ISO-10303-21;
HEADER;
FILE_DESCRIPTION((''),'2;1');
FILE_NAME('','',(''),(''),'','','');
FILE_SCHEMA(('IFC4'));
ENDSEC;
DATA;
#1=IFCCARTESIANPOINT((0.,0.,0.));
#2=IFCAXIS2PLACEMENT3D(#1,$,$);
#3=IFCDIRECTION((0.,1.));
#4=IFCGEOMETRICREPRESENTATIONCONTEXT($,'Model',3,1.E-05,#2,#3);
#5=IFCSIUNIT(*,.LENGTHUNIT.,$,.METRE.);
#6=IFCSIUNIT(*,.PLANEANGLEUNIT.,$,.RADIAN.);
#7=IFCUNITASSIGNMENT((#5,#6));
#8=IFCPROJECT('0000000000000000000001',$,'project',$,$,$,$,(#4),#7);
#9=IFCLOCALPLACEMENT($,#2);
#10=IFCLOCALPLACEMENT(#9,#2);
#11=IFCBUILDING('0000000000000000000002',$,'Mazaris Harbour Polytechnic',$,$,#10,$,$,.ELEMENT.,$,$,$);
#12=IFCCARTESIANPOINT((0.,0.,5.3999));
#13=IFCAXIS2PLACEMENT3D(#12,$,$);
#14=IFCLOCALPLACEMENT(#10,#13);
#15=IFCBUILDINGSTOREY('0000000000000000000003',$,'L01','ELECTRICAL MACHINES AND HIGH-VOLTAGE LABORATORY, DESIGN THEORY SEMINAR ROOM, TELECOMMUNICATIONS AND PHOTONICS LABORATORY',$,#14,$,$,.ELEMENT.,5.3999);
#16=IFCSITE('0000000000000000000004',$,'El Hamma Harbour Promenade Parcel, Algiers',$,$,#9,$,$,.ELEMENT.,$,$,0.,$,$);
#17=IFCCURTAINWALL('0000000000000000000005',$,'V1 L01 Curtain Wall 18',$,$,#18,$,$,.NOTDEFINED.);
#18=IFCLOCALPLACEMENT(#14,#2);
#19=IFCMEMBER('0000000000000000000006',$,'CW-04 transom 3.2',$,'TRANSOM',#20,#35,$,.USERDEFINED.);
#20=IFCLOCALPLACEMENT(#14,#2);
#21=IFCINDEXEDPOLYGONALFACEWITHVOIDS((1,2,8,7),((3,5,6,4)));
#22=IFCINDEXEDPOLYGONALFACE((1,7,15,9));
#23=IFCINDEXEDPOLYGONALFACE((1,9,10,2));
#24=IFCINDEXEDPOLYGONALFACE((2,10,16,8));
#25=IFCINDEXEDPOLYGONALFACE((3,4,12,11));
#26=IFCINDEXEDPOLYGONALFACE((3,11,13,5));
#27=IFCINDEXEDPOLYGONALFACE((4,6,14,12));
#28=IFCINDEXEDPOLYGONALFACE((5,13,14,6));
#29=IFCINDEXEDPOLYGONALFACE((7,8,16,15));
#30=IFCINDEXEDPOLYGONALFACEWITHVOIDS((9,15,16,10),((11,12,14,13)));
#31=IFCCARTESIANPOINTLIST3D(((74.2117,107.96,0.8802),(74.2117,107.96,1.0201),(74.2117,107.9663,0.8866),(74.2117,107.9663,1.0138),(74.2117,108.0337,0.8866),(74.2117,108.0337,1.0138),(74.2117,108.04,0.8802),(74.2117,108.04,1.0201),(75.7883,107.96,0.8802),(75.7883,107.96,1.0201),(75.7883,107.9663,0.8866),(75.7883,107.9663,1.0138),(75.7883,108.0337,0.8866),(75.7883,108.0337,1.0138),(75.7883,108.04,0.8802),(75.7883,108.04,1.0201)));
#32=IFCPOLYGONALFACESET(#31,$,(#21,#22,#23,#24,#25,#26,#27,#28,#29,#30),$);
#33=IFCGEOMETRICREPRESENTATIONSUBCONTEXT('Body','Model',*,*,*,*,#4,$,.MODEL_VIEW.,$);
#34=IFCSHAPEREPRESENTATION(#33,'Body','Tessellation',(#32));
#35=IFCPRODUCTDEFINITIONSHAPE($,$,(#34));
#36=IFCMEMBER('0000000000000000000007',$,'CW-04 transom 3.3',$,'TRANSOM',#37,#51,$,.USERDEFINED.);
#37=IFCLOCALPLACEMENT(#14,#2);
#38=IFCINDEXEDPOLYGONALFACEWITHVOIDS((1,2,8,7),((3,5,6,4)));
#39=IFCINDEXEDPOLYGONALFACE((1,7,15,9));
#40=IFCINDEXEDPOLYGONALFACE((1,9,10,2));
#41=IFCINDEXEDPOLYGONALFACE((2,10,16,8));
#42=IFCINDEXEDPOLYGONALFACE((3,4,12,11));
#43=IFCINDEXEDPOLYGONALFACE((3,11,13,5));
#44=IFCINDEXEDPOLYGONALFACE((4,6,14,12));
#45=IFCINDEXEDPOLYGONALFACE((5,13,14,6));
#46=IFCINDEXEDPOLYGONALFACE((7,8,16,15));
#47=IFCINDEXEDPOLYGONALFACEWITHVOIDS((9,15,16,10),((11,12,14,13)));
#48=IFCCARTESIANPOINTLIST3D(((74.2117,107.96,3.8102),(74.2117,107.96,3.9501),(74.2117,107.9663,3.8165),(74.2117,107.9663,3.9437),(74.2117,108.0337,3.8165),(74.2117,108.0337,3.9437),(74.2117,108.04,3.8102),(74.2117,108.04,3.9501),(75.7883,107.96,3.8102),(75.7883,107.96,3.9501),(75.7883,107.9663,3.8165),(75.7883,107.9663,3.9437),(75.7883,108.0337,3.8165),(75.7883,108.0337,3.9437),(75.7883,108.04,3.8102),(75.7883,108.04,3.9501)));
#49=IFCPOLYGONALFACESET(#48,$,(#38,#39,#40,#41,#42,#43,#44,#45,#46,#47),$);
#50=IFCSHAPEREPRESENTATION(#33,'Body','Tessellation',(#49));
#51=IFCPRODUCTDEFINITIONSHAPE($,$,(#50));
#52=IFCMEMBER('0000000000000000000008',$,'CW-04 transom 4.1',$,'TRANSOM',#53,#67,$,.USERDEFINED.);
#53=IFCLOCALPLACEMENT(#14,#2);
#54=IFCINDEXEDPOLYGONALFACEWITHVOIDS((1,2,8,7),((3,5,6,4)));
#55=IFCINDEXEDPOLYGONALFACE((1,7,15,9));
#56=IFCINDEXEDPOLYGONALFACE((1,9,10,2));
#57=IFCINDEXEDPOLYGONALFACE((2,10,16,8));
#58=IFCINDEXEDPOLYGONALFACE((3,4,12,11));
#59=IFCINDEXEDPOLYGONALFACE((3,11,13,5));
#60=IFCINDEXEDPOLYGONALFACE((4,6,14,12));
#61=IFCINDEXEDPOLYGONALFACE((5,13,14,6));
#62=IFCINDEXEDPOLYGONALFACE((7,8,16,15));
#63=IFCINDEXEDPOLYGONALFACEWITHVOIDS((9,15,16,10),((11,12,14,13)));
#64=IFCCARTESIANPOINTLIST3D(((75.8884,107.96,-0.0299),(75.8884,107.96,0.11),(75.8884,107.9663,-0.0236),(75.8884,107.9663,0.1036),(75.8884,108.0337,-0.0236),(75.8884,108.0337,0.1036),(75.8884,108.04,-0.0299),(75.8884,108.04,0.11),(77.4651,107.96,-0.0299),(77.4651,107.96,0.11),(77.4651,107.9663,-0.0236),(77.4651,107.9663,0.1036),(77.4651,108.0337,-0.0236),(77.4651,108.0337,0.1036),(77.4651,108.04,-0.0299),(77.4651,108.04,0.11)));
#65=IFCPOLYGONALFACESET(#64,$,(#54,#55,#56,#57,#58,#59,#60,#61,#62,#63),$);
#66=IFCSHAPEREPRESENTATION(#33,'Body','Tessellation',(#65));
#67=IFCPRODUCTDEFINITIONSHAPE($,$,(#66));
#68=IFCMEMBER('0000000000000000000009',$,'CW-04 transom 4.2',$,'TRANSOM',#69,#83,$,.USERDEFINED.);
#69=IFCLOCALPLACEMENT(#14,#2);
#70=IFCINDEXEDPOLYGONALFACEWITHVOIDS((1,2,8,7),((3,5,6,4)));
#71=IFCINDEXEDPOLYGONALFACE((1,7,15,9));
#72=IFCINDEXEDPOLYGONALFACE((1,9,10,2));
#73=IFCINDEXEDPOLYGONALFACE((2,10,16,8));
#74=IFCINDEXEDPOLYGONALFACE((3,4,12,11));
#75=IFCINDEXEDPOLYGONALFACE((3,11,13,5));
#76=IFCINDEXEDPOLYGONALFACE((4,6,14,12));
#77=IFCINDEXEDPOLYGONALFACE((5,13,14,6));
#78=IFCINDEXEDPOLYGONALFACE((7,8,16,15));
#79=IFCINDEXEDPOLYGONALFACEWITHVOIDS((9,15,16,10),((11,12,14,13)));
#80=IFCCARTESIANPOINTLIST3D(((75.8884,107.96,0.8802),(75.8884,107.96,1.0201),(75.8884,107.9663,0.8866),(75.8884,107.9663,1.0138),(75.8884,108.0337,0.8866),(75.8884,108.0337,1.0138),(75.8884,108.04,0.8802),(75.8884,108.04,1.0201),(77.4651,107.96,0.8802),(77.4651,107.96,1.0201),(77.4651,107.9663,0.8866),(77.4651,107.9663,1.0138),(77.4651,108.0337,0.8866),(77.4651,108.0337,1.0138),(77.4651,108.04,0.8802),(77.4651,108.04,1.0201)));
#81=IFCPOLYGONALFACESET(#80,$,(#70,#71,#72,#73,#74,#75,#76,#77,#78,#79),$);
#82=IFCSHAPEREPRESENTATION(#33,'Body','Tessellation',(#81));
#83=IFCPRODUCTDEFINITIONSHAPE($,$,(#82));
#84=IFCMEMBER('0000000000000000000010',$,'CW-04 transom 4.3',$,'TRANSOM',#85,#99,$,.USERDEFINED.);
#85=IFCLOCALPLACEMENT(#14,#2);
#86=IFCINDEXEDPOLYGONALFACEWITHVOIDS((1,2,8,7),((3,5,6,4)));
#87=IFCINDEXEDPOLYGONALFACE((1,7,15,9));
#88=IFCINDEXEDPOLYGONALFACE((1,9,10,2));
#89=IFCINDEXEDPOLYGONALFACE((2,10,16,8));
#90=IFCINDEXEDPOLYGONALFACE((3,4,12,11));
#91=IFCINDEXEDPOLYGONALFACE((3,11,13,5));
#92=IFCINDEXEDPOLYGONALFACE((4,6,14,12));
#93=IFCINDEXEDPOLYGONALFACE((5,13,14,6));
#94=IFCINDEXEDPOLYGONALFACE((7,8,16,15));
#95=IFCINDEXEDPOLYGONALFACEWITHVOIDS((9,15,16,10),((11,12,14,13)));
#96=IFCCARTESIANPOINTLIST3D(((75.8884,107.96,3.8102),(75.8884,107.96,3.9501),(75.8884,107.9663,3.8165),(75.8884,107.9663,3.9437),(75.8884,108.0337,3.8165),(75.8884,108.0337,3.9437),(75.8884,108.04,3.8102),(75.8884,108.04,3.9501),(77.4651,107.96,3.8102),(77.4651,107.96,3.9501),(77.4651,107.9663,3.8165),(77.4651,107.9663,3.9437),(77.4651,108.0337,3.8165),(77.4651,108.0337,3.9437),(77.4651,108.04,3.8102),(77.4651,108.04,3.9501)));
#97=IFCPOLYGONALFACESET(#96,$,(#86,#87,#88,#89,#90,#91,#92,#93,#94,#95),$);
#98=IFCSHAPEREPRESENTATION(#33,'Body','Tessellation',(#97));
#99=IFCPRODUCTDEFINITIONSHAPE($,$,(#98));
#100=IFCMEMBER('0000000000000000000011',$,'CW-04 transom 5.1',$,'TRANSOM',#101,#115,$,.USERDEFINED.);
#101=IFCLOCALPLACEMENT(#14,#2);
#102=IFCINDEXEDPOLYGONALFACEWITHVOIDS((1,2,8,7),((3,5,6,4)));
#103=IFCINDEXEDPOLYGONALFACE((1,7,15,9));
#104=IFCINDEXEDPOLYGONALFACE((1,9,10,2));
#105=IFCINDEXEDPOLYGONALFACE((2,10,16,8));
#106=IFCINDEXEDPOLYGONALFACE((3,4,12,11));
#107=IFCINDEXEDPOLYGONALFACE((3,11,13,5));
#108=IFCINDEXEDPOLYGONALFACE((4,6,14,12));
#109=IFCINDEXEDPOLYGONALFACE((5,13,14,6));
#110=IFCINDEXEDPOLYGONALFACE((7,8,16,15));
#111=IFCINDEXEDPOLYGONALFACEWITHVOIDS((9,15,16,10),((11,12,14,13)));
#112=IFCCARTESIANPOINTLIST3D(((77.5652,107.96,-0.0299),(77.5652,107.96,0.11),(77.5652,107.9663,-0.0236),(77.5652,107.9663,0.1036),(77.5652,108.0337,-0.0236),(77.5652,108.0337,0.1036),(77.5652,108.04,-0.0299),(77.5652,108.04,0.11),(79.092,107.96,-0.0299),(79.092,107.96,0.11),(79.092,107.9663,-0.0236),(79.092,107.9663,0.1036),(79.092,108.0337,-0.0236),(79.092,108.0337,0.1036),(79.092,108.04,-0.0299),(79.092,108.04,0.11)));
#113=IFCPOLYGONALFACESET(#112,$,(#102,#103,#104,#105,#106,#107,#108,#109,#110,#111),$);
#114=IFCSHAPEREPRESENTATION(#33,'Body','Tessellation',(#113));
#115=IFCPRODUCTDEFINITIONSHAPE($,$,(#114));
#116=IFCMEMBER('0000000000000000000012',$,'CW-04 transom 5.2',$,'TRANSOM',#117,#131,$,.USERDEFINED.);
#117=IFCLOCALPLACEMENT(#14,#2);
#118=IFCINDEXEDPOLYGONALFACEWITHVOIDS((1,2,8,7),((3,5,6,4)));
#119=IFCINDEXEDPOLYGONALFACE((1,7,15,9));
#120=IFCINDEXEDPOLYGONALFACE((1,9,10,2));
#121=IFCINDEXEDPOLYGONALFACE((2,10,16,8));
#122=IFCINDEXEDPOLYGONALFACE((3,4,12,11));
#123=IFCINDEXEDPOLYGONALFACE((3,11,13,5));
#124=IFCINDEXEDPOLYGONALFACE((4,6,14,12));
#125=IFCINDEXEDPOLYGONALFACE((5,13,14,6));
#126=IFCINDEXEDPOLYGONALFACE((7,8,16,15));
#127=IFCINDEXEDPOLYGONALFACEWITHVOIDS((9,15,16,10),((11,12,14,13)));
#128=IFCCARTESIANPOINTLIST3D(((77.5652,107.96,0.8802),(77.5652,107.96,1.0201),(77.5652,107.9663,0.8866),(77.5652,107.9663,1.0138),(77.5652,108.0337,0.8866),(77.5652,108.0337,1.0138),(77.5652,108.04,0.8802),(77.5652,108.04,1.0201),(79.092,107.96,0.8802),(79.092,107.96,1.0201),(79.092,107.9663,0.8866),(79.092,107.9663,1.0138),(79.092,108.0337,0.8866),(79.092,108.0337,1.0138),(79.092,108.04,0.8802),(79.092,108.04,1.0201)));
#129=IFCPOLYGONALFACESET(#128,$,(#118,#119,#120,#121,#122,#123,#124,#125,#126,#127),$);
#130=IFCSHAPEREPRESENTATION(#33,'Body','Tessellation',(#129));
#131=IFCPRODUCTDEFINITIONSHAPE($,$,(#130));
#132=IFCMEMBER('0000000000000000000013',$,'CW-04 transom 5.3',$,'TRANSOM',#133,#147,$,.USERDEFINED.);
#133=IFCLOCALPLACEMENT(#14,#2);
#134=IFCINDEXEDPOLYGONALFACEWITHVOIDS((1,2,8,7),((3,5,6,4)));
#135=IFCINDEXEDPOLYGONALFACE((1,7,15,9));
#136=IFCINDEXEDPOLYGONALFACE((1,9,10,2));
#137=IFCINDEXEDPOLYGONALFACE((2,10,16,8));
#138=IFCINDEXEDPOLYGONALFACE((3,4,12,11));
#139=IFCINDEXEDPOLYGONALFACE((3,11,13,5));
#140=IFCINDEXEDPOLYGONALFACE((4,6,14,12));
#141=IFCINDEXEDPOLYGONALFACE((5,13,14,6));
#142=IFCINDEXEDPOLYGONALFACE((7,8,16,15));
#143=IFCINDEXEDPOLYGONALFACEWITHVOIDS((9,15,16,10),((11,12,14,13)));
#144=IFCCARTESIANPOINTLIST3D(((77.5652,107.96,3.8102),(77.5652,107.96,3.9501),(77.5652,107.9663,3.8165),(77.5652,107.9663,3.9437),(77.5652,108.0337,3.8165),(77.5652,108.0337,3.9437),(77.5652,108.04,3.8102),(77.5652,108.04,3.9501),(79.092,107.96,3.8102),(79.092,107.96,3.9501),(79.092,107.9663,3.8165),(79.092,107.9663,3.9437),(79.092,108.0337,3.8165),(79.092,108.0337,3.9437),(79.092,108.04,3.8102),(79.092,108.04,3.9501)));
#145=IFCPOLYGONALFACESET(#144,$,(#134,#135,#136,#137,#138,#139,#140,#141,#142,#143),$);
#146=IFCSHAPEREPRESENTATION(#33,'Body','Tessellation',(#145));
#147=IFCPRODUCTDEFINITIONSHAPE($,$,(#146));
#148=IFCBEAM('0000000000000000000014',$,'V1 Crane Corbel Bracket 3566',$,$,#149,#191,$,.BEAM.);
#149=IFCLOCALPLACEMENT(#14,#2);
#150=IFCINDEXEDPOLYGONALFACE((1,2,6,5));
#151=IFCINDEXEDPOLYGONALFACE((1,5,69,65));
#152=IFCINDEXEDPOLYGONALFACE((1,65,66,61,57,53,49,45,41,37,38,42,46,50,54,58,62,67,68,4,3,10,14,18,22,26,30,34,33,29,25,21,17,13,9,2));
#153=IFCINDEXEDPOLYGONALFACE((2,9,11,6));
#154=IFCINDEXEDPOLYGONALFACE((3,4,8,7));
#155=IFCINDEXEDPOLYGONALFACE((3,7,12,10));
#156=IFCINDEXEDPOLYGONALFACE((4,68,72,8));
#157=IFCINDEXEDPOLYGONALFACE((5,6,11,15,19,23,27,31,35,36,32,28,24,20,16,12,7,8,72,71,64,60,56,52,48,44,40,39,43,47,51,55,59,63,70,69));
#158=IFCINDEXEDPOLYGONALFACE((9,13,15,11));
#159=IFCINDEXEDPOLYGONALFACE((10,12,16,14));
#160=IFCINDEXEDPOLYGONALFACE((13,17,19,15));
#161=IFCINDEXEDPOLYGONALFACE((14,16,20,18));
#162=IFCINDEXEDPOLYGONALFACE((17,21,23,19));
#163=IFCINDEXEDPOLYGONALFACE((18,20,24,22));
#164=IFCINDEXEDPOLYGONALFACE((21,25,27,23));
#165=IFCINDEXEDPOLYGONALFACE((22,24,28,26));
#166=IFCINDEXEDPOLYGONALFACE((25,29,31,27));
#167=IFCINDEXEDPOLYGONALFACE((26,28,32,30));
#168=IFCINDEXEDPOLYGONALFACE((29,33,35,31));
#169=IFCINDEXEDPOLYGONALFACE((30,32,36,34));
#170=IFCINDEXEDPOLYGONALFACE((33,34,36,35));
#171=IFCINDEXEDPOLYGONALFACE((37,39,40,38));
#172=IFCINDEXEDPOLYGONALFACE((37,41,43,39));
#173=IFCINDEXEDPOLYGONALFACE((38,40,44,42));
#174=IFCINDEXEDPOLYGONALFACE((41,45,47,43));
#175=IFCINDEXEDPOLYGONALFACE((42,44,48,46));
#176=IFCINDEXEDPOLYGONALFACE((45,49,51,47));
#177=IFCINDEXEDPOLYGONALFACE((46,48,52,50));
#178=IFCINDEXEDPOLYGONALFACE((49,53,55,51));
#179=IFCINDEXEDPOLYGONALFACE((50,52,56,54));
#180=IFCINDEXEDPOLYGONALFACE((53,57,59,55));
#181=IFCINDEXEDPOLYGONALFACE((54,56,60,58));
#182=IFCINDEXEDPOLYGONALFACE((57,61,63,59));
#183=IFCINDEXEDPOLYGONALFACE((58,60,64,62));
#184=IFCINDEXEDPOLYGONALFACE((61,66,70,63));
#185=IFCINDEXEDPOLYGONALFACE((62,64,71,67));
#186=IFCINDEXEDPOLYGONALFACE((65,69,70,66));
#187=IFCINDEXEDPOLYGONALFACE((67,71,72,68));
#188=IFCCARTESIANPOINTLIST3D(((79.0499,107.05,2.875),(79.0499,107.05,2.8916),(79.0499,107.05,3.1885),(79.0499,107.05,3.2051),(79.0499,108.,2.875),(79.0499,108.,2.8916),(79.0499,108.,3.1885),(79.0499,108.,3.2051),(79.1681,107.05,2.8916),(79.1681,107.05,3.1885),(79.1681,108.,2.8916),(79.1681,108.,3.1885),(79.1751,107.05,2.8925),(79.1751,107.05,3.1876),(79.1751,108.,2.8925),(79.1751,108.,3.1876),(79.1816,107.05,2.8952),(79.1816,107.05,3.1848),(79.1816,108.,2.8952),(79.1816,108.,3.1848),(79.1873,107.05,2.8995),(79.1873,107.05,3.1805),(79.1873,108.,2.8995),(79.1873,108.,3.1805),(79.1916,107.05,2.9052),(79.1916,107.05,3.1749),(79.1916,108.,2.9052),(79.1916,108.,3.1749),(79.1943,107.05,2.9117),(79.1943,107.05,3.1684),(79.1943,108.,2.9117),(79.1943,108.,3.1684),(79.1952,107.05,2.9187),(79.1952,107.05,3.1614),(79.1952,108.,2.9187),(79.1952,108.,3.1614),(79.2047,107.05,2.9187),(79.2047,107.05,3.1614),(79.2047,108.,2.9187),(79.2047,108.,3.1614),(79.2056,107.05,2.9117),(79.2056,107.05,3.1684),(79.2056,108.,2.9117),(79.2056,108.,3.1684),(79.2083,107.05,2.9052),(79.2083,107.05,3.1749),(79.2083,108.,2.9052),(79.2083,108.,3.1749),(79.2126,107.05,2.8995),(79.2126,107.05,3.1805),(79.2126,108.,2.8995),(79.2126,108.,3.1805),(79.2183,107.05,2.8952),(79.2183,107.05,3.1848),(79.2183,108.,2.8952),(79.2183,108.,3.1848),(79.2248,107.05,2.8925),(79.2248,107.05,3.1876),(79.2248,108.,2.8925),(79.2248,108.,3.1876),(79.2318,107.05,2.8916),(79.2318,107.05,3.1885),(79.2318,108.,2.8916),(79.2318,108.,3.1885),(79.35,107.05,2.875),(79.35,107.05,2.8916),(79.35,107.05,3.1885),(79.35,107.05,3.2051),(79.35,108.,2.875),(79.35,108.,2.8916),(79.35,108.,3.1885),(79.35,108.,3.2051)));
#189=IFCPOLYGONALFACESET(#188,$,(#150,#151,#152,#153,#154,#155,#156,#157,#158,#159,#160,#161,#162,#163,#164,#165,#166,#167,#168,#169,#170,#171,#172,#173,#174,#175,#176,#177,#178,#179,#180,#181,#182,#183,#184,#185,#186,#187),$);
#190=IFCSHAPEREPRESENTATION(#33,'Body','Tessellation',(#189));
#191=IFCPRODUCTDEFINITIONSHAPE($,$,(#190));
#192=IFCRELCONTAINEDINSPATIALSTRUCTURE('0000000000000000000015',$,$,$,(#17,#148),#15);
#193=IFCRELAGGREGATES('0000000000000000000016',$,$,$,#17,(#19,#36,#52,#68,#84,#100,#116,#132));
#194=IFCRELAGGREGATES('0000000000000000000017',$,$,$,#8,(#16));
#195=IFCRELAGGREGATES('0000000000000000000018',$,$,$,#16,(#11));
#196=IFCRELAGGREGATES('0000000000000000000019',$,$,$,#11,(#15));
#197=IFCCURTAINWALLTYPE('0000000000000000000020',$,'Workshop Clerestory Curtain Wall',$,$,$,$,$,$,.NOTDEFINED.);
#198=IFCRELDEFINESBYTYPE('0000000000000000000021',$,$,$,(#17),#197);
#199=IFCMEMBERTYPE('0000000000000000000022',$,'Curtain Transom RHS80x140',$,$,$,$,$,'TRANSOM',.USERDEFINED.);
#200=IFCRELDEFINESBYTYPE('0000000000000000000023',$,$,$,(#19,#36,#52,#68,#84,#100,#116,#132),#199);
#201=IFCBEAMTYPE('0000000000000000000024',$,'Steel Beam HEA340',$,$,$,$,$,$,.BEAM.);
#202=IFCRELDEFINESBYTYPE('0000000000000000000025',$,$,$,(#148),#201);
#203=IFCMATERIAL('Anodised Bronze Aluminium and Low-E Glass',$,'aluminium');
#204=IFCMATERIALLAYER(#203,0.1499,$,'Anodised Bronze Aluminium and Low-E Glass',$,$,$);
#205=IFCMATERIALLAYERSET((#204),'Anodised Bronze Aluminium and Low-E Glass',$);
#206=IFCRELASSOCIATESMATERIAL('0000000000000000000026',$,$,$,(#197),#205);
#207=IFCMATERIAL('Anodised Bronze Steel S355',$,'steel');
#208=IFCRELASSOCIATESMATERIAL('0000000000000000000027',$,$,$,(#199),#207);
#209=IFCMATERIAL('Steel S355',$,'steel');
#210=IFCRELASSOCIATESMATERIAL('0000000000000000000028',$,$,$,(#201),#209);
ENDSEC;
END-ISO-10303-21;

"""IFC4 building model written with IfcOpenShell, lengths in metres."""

from ifc_helpers import new_model, si_unit, direction, frame, origin, origin_2d, place, context, subcontext, project, spatial, hollow_rectangle, i_section, extrude, material, layer, layer_set, material_profile, profile_set, type_object, element, aggregate, save


model = new_model("IFC4")

# Units and contexts
model_context = context("Model", 3, precision=1e-05, world=origin(), true_north=direction((0.0, 1.0)))
body_context = subcontext(model_context, "Body", "Model", "MODEL_VIEW")
ifc_project = project(units=[si_unit("LENGTHUNIT", "METRE"), si_unit("PLANEANGLEUNIT", "RADIAN")], contexts=[model_context])

# Site, building, storey
site_placement = place(None, origin())
site = spatial("IfcSite", under=ifc_project, at=site_placement, Name="El Hamma Harbour Promenade Parcel, Algiers", CompositionType="ELEMENT", RefElevation=0.0)
building_placement = place(site_placement, origin())
building = spatial("IfcBuilding", under=site, at=building_placement, Name="Mazaris Harbour Polytechnic", CompositionType="ELEMENT")
storey_placement = place(building_placement, frame((0.0, 0.0, 5.3999)))
storey = spatial("IfcBuildingStorey", under=building, at=storey_placement, Name="L01", Description="ELECTRICAL MACHINES AND HIGH-VOLTAGE LABORATORY, DESIGN THEORY SEMINAR ROOM, TELECOMMUNICATIONS AND PHOTONICS LABORATORY", CompositionType="ELEMENT", Elevation=5.3999)

# Curtain wall, members
ifc_material_1 = material(Name="Anodised Bronze Aluminium and Low-E Glass", Category="aluminium")
ifc_layer_1 = layer(ifc_material_1, 0.1499, Name="Anodised Bronze Aluminium and Low-E Glass")
ifc_layer_set_1 = layer_set([ifc_layer_1], Name="Anodised Bronze Aluminium and Low-E Glass")
curtain_wall_type = type_object("IfcCurtainWallType", Name="Workshop Clerestory Curtain Wall", PredefinedType="NOTDEFINED", material=ifc_layer_set_1)
curtain_wall_placement = place(storey_placement, origin())
curtain_wall = element("IfcCurtainWall", 1, at=curtain_wall_placement, inside=storey, type_object=curtain_wall_type, Name="V1 L01 Curtain Wall 18", PredefinedType="NOTDEFINED")
ifc_material_2 = material(Name="Anodised Bronze Steel S355", Category="steel")
ifc_material_profile_1 = material_profile(ifc_material_2, hollow_rectangle(XDim=0.0801, YDim=0.1399, WallThickness=0.0063, at=origin_2d()), Name="RHS 80x140x6.3")
ifc_profile_set_1 = profile_set([ifc_material_profile_1], Name="Anodised Bronze Steel S355")
member_type_1 = type_object("IfcMemberType", Name="Curtain Transom RHS80x140", ElementType="TRANSOM", PredefinedType="USERDEFINED", material=ifc_profile_set_1)
member_1_placement = place(storey_placement, frame((74.2117, 108.0, 0.9502), z_axis=(1.0, 0.0, 0.0), x_axis=(0.0, 1.0, 0.0)))
member_1 = element("IfcMember", 2, at=member_1_placement, type_object=member_type_1, Name="CW-04 transom 3.2", ObjectType="TRANSOM", PredefinedType="USERDEFINED", context=body_context, shape_type="SweptSolid", body=[
    extrude(hollow_rectangle(XDim=0.0801, YDim=0.1399, WallThickness=0.0063, at=origin_2d()), origin(), (0.0, 0.0, 1.0), 1.5767),
])
member_2_placement = place(storey_placement, frame((74.2117, 108.0, 3.8801), z_axis=(1.0, 0.0, 0.0), x_axis=(0.0, 1.0, 0.0)))
member_2 = element("IfcMember", 3, at=member_2_placement, type_object=member_type_1, Name="CW-04 transom 3.3", ObjectType="TRANSOM", PredefinedType="USERDEFINED", context=body_context, shape_type="SweptSolid", body=[
    extrude(hollow_rectangle(XDim=0.0801, YDim=0.1399, WallThickness=0.0063, at=origin_2d()), origin(), (0.0, 0.0, 1.0), 1.5767),
])
member_3_placement = place(storey_placement, frame((75.8884, 108.0, 0.04), z_axis=(1.0, 0.0, 0.0), x_axis=(0.0, 1.0, 0.0)))
member_3 = element("IfcMember", 4, at=member_3_placement, type_object=member_type_1, Name="CW-04 transom 4.1", ObjectType="TRANSOM", PredefinedType="USERDEFINED", context=body_context, shape_type="SweptSolid", body=[
    extrude(hollow_rectangle(XDim=0.0801, YDim=0.1399, WallThickness=0.0063, at=origin_2d()), origin(), (0.0, 0.0, 1.0), 1.5767),
])
member_4_placement = place(storey_placement, frame((75.8884, 108.0, 0.9502), z_axis=(1.0, 0.0, 0.0), x_axis=(0.0, 1.0, 0.0)))
member_4 = element("IfcMember", 5, at=member_4_placement, type_object=member_type_1, Name="CW-04 transom 4.2", ObjectType="TRANSOM", PredefinedType="USERDEFINED", context=body_context, shape_type="SweptSolid", body=[
    extrude(hollow_rectangle(XDim=0.0801, YDim=0.1399, WallThickness=0.0063, at=origin_2d()), origin(), (0.0, 0.0, 1.0), 1.5767),
])
member_5_placement = place(storey_placement, frame((75.8884, 108.0, 3.8801), z_axis=(1.0, 0.0, 0.0), x_axis=(0.0, 1.0, 0.0)))
member_5 = element("IfcMember", 6, at=member_5_placement, type_object=member_type_1, Name="CW-04 transom 4.3", ObjectType="TRANSOM", PredefinedType="USERDEFINED", context=body_context, shape_type="SweptSolid", body=[
    extrude(hollow_rectangle(XDim=0.0801, YDim=0.1399, WallThickness=0.0063, at=origin_2d()), origin(), (0.0, 0.0, 1.0), 1.5767),
])
member_6_placement = place(storey_placement, frame((77.5652, 108.0, 0.04), z_axis=(1.0, 0.0, 0.0), x_axis=(0.0, 1.0, 0.0)))
member_6 = element("IfcMember", 7, at=member_6_placement, type_object=member_type_1, Name="CW-04 transom 5.1", ObjectType="TRANSOM", PredefinedType="USERDEFINED", context=body_context, shape_type="SweptSolid", body=[
    extrude(hollow_rectangle(XDim=0.0801, YDim=0.1399, WallThickness=0.0063, at=origin_2d()), origin(), (0.0, 0.0, 1.0), 1.5269),
])
member_7_placement = place(storey_placement, frame((77.5652, 108.0, 0.9502), z_axis=(1.0, 0.0, 0.0), x_axis=(0.0, 1.0, 0.0)))
member_7 = element("IfcMember", 8, at=member_7_placement, type_object=member_type_1, Name="CW-04 transom 5.2", ObjectType="TRANSOM", PredefinedType="USERDEFINED", context=body_context, shape_type="SweptSolid", body=[
    extrude(hollow_rectangle(XDim=0.0801, YDim=0.1399, WallThickness=0.0063, at=origin_2d()), origin(), (0.0, 0.0, 1.0), 1.5269),
])
member_8_placement = place(storey_placement, frame((77.5652, 108.0, 3.8801), z_axis=(1.0, 0.0, 0.0), x_axis=(0.0, 1.0, 0.0)))
member_8 = element("IfcMember", 9, at=member_8_placement, type_object=member_type_1, Name="CW-04 transom 5.3", ObjectType="TRANSOM", PredefinedType="USERDEFINED", context=body_context, shape_type="SweptSolid", body=[
    extrude(hollow_rectangle(XDim=0.0801, YDim=0.1399, WallThickness=0.0063, at=origin_2d()), origin(), (0.0, 0.0, 1.0), 1.5269),
])

# Beam
ifc_material_3 = material(Name="Steel S355", Category="steel")
ifc_material_profile_2 = material_profile(ifc_material_3, i_section(OverallWidth=0.3, OverallDepth=0.3301, WebThickness=0.0095, FlangeThickness=0.0166, FilletRadius=0.0271, at=origin_2d()), Name="HEA 340")
ifc_profile_set_2 = profile_set([ifc_material_profile_2], Name="Steel S355")
beam_type = type_object("IfcBeamType", Name="Steel Beam HEA340", PredefinedType="BEAM", material=ifc_profile_set_2)
for number, where, z_axis, x_axis, name in (
    (10, (79.2, 108.0, 3.04), (0.0, -1.0, 0.0), (1.0, 0.0, 0.0), "V1 Crane Corbel Bracket 3566"),
):
    element("IfcBeam", number, at=place(storey_placement, frame(where, z_axis=z_axis, x_axis=x_axis)), inside=storey, type_object=beam_type, Name=name, PredefinedType="BEAM", context=body_context, shape_type="SweptSolid", body=[
        extrude(i_section(OverallWidth=0.3, OverallDepth=0.3301, WebThickness=0.0095, FlangeThickness=0.0166, FilletRadius=0.0271, at=origin_2d()), origin(), (0.0, 0.0, 1.0), 0.95),
    ])

aggregate(curtain_wall, [member_1, member_2, member_3, member_4, member_5, member_6, member_7, member_8])

save(model, "model.ifc")
